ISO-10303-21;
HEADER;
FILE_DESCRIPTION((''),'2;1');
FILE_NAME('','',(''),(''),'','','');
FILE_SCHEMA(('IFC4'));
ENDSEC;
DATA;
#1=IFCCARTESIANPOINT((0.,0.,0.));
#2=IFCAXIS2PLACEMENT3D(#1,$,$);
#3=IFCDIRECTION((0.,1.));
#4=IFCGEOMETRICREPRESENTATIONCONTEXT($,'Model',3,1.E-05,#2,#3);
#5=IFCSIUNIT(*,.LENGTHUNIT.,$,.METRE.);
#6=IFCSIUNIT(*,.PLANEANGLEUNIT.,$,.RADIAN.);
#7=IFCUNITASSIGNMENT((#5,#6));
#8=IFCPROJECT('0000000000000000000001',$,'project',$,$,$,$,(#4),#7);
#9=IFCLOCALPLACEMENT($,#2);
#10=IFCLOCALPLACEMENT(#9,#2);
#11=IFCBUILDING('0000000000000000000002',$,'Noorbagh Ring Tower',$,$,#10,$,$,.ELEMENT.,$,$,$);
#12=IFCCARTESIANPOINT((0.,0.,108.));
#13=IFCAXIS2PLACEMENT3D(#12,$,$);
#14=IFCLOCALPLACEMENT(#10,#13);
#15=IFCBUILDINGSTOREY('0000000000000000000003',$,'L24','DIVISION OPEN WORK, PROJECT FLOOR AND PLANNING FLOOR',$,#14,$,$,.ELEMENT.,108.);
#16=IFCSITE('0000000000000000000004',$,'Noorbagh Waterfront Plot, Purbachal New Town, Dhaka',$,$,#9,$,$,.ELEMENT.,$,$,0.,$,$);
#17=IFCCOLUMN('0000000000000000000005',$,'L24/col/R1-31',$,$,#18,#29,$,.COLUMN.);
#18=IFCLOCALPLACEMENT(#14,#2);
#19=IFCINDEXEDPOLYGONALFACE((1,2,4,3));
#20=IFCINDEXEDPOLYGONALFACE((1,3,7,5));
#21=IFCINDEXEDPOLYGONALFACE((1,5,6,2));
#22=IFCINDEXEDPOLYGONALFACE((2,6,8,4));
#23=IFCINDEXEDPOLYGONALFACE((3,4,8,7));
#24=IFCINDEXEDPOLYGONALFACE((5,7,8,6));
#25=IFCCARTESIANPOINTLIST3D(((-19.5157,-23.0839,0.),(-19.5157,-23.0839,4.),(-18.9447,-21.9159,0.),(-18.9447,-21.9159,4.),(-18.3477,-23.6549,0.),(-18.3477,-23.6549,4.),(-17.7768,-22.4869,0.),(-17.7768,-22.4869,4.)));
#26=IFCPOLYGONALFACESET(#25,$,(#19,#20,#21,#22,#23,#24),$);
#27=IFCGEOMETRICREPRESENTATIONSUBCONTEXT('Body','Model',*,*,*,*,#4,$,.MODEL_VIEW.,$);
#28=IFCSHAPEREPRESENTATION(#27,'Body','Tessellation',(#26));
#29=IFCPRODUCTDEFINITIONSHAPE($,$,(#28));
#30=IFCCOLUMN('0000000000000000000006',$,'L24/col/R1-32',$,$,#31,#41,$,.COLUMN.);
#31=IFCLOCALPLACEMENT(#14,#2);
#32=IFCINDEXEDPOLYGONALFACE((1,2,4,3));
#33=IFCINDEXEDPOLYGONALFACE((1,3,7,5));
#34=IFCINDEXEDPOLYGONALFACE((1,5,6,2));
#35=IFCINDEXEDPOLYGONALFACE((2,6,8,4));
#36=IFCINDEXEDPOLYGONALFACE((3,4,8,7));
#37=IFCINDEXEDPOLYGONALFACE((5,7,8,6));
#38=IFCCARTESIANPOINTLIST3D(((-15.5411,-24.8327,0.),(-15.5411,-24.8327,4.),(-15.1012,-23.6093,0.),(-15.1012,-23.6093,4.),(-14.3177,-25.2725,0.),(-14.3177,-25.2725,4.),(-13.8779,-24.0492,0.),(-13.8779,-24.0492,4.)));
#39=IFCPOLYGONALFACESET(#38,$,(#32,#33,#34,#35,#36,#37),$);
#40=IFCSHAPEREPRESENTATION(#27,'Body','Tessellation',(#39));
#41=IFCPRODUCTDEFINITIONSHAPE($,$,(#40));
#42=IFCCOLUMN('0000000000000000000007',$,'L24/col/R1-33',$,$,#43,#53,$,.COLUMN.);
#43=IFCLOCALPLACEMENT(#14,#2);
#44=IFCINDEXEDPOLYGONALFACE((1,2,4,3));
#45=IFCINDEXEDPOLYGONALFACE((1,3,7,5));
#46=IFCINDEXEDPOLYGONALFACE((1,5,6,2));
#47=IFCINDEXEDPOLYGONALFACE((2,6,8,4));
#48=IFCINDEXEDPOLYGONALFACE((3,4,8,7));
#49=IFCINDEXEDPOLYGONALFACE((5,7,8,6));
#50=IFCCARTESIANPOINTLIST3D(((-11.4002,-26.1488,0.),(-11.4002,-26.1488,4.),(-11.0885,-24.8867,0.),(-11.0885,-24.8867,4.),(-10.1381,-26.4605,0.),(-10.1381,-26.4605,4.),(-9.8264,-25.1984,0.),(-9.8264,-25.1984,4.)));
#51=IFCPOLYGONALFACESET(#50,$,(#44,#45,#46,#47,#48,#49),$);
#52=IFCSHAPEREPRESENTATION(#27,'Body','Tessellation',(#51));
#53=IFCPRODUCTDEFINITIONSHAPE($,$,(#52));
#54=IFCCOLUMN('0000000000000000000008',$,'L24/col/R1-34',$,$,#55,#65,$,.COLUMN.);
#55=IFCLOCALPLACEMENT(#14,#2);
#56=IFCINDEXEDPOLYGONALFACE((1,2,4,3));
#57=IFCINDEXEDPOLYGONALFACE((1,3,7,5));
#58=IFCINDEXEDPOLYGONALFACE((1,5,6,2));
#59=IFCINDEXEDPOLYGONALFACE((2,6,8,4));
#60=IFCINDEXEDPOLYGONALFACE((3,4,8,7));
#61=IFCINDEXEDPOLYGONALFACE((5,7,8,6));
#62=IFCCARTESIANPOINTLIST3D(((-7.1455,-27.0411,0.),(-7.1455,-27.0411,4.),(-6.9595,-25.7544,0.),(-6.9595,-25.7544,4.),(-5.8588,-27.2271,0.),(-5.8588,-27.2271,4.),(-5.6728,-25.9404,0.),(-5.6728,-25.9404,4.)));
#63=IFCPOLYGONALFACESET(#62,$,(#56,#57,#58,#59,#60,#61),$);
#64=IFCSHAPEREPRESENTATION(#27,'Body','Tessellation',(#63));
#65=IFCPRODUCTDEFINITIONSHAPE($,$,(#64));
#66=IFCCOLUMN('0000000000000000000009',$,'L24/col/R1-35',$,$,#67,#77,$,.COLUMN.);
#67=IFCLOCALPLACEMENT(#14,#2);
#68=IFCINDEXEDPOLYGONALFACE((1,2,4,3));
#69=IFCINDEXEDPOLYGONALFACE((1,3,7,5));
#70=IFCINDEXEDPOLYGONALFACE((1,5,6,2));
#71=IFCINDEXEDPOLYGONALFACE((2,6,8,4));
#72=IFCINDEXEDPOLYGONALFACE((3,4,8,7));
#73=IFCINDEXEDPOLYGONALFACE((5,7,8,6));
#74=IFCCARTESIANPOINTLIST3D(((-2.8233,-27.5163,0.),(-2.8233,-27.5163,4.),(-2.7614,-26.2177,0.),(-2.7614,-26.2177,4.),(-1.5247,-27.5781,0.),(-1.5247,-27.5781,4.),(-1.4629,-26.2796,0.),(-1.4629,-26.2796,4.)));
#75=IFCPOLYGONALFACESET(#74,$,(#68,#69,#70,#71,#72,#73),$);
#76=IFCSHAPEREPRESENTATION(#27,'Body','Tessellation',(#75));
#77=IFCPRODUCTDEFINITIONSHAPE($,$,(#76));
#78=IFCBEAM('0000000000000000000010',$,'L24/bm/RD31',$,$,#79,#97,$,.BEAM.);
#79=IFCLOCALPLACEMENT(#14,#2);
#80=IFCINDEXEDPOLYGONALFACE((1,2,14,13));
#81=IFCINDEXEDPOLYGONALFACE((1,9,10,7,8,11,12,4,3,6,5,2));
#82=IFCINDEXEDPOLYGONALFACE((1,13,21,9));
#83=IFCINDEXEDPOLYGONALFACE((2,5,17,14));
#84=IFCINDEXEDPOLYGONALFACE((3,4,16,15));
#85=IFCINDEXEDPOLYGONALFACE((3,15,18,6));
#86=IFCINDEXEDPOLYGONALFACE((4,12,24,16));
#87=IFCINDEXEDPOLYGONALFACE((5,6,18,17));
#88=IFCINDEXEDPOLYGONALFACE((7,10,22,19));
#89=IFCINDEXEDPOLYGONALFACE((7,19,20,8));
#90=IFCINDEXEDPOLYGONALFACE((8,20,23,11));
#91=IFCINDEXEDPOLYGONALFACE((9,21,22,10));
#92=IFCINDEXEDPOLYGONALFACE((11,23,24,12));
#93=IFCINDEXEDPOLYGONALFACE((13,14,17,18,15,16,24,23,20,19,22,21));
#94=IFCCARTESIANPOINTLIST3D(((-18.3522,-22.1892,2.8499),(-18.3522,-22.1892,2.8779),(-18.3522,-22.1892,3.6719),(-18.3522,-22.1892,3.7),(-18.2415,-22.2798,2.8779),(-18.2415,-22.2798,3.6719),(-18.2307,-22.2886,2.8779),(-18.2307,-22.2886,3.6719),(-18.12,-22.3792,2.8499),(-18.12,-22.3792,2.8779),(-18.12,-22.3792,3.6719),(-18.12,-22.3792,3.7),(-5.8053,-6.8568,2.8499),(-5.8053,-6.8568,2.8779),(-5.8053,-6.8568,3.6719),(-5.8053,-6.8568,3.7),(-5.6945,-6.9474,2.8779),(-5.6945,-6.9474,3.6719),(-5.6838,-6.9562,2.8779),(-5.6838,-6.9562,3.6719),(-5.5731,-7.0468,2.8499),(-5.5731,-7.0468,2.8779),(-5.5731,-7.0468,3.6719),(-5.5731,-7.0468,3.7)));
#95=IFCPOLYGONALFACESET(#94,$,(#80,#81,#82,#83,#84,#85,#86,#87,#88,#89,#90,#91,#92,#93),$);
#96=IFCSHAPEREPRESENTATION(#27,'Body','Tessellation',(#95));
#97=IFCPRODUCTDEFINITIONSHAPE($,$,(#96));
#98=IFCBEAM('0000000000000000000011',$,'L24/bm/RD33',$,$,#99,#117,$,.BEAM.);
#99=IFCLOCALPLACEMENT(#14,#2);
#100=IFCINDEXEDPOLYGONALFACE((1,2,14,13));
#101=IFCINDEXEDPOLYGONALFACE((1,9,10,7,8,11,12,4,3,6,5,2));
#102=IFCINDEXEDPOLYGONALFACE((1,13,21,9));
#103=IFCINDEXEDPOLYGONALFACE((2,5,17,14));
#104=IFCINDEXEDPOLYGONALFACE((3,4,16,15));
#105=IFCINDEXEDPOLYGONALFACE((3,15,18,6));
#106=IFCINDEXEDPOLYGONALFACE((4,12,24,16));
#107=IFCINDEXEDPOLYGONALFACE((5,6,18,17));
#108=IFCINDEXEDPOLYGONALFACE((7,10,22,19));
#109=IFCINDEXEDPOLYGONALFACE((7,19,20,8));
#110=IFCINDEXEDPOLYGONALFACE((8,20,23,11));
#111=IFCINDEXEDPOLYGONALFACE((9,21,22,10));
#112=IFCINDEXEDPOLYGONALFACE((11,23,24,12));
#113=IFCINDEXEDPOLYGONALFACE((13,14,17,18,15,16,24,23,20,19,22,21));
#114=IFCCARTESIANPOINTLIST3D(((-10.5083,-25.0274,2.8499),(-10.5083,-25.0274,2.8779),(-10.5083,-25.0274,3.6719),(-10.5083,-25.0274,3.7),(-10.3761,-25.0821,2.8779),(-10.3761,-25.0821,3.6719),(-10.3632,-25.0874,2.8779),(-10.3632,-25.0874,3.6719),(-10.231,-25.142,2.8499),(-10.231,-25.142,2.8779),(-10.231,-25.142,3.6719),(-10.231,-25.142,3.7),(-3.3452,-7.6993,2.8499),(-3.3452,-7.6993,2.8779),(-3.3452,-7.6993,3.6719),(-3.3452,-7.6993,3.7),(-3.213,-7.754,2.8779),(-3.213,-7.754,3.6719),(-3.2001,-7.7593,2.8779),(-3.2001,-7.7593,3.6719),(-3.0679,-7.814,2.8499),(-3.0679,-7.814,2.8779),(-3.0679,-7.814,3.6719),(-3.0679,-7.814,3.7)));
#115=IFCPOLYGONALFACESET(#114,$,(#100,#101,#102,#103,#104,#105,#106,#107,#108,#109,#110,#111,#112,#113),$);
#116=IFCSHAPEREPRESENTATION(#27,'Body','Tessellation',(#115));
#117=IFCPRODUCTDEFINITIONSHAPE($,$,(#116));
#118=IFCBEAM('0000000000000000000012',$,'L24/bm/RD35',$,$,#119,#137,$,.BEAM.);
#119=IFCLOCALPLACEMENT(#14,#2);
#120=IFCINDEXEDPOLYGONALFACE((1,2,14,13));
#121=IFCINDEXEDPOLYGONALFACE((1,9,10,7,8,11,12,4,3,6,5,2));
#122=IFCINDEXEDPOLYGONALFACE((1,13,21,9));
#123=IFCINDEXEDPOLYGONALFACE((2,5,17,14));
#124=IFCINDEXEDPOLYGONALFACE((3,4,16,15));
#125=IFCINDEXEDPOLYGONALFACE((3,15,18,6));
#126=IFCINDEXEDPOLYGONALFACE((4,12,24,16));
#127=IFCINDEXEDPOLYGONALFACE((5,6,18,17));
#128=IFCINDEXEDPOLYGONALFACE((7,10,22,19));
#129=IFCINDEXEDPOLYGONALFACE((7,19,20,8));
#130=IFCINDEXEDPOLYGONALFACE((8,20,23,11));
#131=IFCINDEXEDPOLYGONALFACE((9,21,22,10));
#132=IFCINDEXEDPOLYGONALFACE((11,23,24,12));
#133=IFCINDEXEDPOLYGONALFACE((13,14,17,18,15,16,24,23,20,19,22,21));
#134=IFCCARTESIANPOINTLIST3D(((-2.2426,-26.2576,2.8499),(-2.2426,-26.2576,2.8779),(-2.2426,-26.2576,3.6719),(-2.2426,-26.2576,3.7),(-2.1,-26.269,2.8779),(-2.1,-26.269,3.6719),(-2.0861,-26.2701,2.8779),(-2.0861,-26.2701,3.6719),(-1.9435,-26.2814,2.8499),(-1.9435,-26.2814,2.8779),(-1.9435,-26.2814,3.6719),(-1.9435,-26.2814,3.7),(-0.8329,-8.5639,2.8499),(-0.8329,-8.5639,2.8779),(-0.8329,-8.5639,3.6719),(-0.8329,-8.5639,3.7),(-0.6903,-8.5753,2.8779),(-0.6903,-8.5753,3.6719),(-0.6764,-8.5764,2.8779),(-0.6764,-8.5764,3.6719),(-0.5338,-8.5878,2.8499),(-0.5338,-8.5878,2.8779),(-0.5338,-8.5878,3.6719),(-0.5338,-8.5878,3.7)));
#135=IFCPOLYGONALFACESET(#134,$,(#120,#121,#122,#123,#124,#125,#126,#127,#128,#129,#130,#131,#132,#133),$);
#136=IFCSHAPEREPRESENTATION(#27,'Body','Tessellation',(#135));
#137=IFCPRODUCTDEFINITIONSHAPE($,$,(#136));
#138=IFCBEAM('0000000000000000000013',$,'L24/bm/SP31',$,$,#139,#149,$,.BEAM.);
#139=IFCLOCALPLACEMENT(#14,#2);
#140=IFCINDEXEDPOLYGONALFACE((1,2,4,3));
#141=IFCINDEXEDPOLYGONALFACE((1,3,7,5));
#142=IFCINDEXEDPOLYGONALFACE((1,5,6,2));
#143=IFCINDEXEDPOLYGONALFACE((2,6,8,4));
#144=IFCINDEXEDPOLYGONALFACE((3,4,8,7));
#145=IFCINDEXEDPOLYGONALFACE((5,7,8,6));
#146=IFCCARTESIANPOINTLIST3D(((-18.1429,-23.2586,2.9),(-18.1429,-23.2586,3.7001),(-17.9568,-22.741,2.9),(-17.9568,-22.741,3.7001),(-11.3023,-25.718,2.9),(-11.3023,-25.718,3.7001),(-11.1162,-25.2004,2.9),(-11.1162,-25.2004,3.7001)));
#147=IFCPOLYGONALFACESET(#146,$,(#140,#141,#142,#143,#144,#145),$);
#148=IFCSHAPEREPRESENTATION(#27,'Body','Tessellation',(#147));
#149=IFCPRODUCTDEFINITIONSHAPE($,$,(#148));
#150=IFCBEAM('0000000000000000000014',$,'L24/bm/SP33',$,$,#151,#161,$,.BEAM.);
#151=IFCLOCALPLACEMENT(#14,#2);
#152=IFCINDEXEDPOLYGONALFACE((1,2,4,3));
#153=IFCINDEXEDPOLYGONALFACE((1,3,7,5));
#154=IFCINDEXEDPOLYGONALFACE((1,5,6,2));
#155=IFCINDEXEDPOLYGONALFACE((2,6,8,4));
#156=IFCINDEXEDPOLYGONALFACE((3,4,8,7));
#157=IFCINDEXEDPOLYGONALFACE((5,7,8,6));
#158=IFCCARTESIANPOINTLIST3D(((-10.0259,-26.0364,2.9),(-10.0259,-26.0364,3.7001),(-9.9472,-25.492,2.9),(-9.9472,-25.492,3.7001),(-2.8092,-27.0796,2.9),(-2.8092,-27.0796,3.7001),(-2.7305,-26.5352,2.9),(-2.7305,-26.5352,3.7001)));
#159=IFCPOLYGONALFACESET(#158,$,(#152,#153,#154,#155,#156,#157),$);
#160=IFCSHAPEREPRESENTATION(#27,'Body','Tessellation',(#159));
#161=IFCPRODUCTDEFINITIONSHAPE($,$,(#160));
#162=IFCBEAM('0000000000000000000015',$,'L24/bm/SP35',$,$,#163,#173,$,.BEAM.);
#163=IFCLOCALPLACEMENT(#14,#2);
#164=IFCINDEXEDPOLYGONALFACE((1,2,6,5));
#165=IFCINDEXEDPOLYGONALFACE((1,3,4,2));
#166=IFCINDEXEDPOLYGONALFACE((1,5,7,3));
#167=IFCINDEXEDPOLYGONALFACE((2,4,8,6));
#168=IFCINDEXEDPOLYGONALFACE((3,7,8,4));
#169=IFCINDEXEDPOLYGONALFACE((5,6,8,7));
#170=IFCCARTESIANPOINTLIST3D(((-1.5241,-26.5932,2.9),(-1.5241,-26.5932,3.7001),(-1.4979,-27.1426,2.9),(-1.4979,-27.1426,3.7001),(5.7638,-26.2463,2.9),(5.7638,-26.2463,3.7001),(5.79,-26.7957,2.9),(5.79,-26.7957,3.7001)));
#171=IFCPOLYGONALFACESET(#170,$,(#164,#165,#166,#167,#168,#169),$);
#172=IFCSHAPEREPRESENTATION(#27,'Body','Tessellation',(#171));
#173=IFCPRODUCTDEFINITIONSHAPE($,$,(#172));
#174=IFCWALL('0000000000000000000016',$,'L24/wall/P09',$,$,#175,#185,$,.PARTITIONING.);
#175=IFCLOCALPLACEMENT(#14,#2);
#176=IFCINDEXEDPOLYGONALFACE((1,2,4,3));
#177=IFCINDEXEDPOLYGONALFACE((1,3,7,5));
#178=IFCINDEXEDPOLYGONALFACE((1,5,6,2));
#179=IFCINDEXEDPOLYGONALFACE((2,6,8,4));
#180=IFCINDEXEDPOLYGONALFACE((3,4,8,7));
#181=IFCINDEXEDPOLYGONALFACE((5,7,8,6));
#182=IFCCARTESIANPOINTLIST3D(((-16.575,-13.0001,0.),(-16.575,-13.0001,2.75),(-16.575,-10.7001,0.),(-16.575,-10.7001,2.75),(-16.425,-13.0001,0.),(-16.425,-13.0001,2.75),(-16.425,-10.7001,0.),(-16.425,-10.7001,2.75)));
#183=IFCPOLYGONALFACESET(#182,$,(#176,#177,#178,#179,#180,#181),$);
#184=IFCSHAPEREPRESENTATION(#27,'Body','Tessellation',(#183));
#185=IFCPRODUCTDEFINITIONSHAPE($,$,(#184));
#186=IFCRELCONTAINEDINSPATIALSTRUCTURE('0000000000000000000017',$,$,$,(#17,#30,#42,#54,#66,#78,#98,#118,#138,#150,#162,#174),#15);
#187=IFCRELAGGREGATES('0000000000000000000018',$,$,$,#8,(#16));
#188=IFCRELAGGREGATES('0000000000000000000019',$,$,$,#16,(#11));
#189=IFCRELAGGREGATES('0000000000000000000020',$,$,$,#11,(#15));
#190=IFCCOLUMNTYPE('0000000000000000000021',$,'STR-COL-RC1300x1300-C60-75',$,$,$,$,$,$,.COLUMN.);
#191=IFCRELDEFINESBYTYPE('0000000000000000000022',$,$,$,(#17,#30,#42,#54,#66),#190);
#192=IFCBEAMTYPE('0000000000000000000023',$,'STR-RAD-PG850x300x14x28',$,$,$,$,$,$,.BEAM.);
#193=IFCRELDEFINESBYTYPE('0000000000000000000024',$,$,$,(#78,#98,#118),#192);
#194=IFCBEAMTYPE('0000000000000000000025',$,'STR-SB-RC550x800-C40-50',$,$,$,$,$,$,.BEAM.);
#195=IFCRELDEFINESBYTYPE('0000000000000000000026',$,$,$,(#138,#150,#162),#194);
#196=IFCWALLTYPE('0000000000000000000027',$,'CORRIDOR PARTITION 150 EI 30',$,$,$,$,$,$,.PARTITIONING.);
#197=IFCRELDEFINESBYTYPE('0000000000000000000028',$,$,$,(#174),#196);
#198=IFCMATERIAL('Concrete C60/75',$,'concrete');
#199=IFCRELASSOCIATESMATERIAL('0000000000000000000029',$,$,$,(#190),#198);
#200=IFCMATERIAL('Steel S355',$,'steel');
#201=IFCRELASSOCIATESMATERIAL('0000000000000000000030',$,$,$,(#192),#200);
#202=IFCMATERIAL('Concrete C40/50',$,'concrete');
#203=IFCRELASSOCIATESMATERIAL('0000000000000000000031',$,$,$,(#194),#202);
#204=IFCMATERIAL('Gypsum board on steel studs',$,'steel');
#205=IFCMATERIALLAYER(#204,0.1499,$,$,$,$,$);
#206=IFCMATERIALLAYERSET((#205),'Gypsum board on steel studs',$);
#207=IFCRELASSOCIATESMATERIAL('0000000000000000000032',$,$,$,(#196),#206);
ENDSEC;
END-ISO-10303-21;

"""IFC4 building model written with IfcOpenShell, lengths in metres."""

from ifc_helpers import new_model, si_unit, direction, frame, frame_2d, origin, origin_2d, place, context, subcontext, project, spatial, rectangle, i_section, extrude, material, layer, layer_set, material_profile, profile_set, type_object, element, save


model = new_model("IFC4")

# Units and contexts
model_context = context("Model", 3, precision=1e-05, world=origin(), true_north=direction((0.0, 1.0)))
body_context = subcontext(model_context, "Body", "Model", "MODEL_VIEW")
ifc_project = project(units=[si_unit("LENGTHUNIT", "METRE"), si_unit("PLANEANGLEUNIT", "RADIAN")], contexts=[model_context])

# Site, building, storey
site_placement = place(None, origin())
site = spatial("IfcSite", under=ifc_project, at=site_placement, Name="Noorbagh Waterfront Plot, Purbachal New Town, Dhaka", CompositionType="ELEMENT", RefElevation=0.0)
building_placement = place(site_placement, origin())
building = spatial("IfcBuilding", under=site, at=building_placement, Name="Noorbagh Ring Tower", CompositionType="ELEMENT")
storey_placement = place(building_placement, frame((0.0, 0.0, 108.0)))
storey = spatial("IfcBuildingStorey", under=building, at=storey_placement, Name="L24", Description="DIVISION OPEN WORK, PROJECT FLOOR AND PLANNING FLOOR", CompositionType="ELEMENT", Elevation=108.0)

# Columns
ifc_material_1 = material(Name="Concrete C60/75", Category="concrete")
ifc_material_profile_1 = material_profile(ifc_material_1, rectangle(XDim=1.3, YDim=1.3, at=origin_2d()), Name="RC1300x1300")
ifc_profile_set_1 = profile_set([ifc_material_profile_1], Name="Concrete C60/75")
column_type = type_object("IfcColumnType", Name="STR-COL-RC1300x1300-C60-75", PredefinedType="COLUMN", material=ifc_profile_set_1)
for number, where, z_axis, x_axis, name in (
    (1, (-18.6462, -22.7854, 0.0), (0.0, 0.0, 1.0), (0.898399, -0.43918, 0.0), "L24/col/R1-31"),
    (2, (-14.7095, -24.4409, 0.0), (0.0, 0.0, 1.0), (0.941025, -0.338338, 0.0), "L24/col/R1-32"),
    (3, (-10.6133, -25.6736, 0.0), (0.0, 0.0, 1.0), (0.970829, -0.239771, 0.0), "L24/col/R1-33"),
    (4, (-6.4092, -26.4907, 0.0), (0.0, 0.0, 1.0), (0.989713, -0.143066, 0.0), "L24/col/R1-34"),
    (5, (-2.1431, -26.8979, 0.0), (0.0, 0.0, 1.0), (0.998869, -0.047553, 0.0), "L24/col/R1-35"),
):
    element("IfcColumn", number, at=place(storey_placement, frame(where, z_axis=z_axis, x_axis=x_axis)), inside=storey, type_object=column_type, Name=name, PredefinedType="COLUMN", context=body_context, shape_type="SweptSolid", body=[
        extrude(rectangle(XDim=1.3, YDim=1.3, at=origin_2d()), origin(), (0.0, 0.0, 1.0), 4.0),
    ])

# Beams
ifc_material_2 = material(Name="Steel S355", Category="steel")
ifc_material_profile_2 = material_profile(ifc_material_2, i_section(OverallWidth=0.3, OverallDepth=0.8501, WebThickness=0.0139, FlangeThickness=0.0281, at=origin_2d()), Name="PG850x300x14x28")
ifc_profile_set_2 = profile_set([ifc_material_profile_2], Name="Steel S355")
beam_type_1 = type_object("IfcBeamType", Name="STR-RAD-PG850x300x14x28", PredefinedType="BEAM", material=ifc_profile_set_2)
beam_1_placement = place(storey_placement, frame((-18.2361, -22.2842, 3.2749), z_axis=(0.633307, 0.773901, 0.0), x_axis=(-0.773901, 0.633307, 0.0)))
element("IfcBeam", 6, at=beam_1_placement, inside=storey, type_object=beam_type_1, Name="L24/bm/RD31", PredefinedType="BEAM", context=body_context, shape_type="SweptSolid", body=[
    extrude(i_section(OverallWidth=0.3, OverallDepth=0.8501, WebThickness=0.0139, FlangeThickness=0.0281, at=origin_2d()), origin(), (0.0, 0.0, 1.0), 19.8118),
])
beam_2_placement = place(storey_placement, frame((-10.3696, -25.0847, 3.2749), z_axis=(0.382025, 0.924152, 0.0), x_axis=(-0.924152, 0.382025, 0.0)))
element("IfcBeam", 7, at=beam_2_placement, inside=storey, type_object=beam_type_1, Name="L24/bm/RD33", PredefinedType="BEAM", context=body_context, shape_type="SweptSolid", body=[
    extrude(i_section(OverallWidth=0.3, OverallDepth=0.8501, WebThickness=0.0139, FlangeThickness=0.0281, at=origin_2d()), origin(), (0.0, 0.0, 1.0), 18.7502),
])
beam_3_placement = place(storey_placement, frame((-2.093, -26.2695, 3.2749), z_axis=(0.079419, 0.996841, 0.0), x_axis=(-0.996841, 0.079419, 0.0)))
element("IfcBeam", 8, at=beam_3_placement, inside=storey, type_object=beam_type_1, Name="L24/bm/RD35", PredefinedType="BEAM", context=body_context, shape_type="SweptSolid", body=[
    extrude(i_section(OverallWidth=0.3, OverallDepth=0.8501, WebThickness=0.0139, FlangeThickness=0.0281, at=origin_2d()), origin(), (0.0, 0.0, 1.0), 17.7498),
])
ifc_material_3 = material(Name="Concrete C40/50", Category="concrete")
ifc_material_profile_3 = material_profile(ifc_material_3, rectangle(XDim=0.55, YDim=0.8, at=origin_2d()), Name="RC550x800")
ifc_profile_set_3 = profile_set([ifc_material_profile_3], Name="Concrete C40/50")
beam_type_2 = type_object("IfcBeamType", Name="STR-SB-RC550x800-C40-50", PredefinedType="BEAM", material=ifc_profile_set_3)
beam_4_placement = place(storey_placement, frame((-18.0498, -22.9998, 3.3), z_axis=(0.941025, -0.338338, 0.0), x_axis=(0.338338, 0.941025, 0.0)))
element("IfcBeam", 9, at=beam_4_placement, inside=storey, type_object=beam_type_2, Name="L24/bm/SP31", PredefinedType="BEAM", context=body_context, shape_type="SweptSolid", body=[
    extrude(rectangle(XDim=0.55, YDim=0.8, at=origin_2d()), origin(), (0.0, 0.0, 1.0), 7.2693),
])
beam_5_placement = place(storey_placement, frame((-9.9866, -25.7642, 3.3), z_axis=(0.989713, -0.143066, 0.0), x_axis=(0.143066, 0.989713, 0.0)))
element("IfcBeam", 10, at=beam_5_placement, inside=storey, type_object=beam_type_2, Name="L24/bm/SP33", PredefinedType="BEAM", context=body_context, shape_type="SweptSolid", body=[
    extrude(rectangle(XDim=0.55, YDim=0.8, at=origin_2d()), origin(), (0.0, 0.0, 1.0), 7.2917),
])
beam_6_placement = place(storey_placement, frame((-1.511, -26.8679, 3.3), z_axis=(0.998869, 0.047549, 0.0), x_axis=(-0.047549, 0.998869, 0.0)))
element("IfcBeam", 11, at=beam_6_placement, inside=storey, type_object=beam_type_2, Name="L24/bm/SP35", PredefinedType="BEAM", context=body_context, shape_type="SweptSolid", body=[
    extrude(rectangle(XDim=0.55, YDim=0.8, at=origin_2d()), origin(), (0.0, 0.0, 1.0), 7.2961),
])

# Wall
ifc_material_4 = material(Name="Gypsum board on steel studs", Category="steel")
ifc_layer_1 = layer(ifc_material_4, 0.1499)
ifc_layer_set_1 = layer_set([ifc_layer_1], Name="Gypsum board on steel studs")
wall_type_1 = type_object("IfcWallType", Name="CORRIDOR PARTITION 150 EI 30", PredefinedType="PARTITIONING", material=ifc_layer_set_1)
wall_1_placement = place(storey_placement, frame((-16.5, -13.0, 0.0), z_axis=(0.0, 0.0, 1.0), x_axis=(0.0, 1.0, 0.0)))
element("IfcWall", 12, at=wall_1_placement, inside=storey, type_object=wall_type_1, Name="L24/wall/P09", PredefinedType="PARTITIONING", context=body_context, shape_type="SweptSolid", body=[
    extrude(rectangle(XDim=2.3, YDim=0.1499, at=frame_2d((1.1499, 0.0))), origin(), (0.0, 0.0, 1.0), 2.75),
])

save(model, "model.ifc")
